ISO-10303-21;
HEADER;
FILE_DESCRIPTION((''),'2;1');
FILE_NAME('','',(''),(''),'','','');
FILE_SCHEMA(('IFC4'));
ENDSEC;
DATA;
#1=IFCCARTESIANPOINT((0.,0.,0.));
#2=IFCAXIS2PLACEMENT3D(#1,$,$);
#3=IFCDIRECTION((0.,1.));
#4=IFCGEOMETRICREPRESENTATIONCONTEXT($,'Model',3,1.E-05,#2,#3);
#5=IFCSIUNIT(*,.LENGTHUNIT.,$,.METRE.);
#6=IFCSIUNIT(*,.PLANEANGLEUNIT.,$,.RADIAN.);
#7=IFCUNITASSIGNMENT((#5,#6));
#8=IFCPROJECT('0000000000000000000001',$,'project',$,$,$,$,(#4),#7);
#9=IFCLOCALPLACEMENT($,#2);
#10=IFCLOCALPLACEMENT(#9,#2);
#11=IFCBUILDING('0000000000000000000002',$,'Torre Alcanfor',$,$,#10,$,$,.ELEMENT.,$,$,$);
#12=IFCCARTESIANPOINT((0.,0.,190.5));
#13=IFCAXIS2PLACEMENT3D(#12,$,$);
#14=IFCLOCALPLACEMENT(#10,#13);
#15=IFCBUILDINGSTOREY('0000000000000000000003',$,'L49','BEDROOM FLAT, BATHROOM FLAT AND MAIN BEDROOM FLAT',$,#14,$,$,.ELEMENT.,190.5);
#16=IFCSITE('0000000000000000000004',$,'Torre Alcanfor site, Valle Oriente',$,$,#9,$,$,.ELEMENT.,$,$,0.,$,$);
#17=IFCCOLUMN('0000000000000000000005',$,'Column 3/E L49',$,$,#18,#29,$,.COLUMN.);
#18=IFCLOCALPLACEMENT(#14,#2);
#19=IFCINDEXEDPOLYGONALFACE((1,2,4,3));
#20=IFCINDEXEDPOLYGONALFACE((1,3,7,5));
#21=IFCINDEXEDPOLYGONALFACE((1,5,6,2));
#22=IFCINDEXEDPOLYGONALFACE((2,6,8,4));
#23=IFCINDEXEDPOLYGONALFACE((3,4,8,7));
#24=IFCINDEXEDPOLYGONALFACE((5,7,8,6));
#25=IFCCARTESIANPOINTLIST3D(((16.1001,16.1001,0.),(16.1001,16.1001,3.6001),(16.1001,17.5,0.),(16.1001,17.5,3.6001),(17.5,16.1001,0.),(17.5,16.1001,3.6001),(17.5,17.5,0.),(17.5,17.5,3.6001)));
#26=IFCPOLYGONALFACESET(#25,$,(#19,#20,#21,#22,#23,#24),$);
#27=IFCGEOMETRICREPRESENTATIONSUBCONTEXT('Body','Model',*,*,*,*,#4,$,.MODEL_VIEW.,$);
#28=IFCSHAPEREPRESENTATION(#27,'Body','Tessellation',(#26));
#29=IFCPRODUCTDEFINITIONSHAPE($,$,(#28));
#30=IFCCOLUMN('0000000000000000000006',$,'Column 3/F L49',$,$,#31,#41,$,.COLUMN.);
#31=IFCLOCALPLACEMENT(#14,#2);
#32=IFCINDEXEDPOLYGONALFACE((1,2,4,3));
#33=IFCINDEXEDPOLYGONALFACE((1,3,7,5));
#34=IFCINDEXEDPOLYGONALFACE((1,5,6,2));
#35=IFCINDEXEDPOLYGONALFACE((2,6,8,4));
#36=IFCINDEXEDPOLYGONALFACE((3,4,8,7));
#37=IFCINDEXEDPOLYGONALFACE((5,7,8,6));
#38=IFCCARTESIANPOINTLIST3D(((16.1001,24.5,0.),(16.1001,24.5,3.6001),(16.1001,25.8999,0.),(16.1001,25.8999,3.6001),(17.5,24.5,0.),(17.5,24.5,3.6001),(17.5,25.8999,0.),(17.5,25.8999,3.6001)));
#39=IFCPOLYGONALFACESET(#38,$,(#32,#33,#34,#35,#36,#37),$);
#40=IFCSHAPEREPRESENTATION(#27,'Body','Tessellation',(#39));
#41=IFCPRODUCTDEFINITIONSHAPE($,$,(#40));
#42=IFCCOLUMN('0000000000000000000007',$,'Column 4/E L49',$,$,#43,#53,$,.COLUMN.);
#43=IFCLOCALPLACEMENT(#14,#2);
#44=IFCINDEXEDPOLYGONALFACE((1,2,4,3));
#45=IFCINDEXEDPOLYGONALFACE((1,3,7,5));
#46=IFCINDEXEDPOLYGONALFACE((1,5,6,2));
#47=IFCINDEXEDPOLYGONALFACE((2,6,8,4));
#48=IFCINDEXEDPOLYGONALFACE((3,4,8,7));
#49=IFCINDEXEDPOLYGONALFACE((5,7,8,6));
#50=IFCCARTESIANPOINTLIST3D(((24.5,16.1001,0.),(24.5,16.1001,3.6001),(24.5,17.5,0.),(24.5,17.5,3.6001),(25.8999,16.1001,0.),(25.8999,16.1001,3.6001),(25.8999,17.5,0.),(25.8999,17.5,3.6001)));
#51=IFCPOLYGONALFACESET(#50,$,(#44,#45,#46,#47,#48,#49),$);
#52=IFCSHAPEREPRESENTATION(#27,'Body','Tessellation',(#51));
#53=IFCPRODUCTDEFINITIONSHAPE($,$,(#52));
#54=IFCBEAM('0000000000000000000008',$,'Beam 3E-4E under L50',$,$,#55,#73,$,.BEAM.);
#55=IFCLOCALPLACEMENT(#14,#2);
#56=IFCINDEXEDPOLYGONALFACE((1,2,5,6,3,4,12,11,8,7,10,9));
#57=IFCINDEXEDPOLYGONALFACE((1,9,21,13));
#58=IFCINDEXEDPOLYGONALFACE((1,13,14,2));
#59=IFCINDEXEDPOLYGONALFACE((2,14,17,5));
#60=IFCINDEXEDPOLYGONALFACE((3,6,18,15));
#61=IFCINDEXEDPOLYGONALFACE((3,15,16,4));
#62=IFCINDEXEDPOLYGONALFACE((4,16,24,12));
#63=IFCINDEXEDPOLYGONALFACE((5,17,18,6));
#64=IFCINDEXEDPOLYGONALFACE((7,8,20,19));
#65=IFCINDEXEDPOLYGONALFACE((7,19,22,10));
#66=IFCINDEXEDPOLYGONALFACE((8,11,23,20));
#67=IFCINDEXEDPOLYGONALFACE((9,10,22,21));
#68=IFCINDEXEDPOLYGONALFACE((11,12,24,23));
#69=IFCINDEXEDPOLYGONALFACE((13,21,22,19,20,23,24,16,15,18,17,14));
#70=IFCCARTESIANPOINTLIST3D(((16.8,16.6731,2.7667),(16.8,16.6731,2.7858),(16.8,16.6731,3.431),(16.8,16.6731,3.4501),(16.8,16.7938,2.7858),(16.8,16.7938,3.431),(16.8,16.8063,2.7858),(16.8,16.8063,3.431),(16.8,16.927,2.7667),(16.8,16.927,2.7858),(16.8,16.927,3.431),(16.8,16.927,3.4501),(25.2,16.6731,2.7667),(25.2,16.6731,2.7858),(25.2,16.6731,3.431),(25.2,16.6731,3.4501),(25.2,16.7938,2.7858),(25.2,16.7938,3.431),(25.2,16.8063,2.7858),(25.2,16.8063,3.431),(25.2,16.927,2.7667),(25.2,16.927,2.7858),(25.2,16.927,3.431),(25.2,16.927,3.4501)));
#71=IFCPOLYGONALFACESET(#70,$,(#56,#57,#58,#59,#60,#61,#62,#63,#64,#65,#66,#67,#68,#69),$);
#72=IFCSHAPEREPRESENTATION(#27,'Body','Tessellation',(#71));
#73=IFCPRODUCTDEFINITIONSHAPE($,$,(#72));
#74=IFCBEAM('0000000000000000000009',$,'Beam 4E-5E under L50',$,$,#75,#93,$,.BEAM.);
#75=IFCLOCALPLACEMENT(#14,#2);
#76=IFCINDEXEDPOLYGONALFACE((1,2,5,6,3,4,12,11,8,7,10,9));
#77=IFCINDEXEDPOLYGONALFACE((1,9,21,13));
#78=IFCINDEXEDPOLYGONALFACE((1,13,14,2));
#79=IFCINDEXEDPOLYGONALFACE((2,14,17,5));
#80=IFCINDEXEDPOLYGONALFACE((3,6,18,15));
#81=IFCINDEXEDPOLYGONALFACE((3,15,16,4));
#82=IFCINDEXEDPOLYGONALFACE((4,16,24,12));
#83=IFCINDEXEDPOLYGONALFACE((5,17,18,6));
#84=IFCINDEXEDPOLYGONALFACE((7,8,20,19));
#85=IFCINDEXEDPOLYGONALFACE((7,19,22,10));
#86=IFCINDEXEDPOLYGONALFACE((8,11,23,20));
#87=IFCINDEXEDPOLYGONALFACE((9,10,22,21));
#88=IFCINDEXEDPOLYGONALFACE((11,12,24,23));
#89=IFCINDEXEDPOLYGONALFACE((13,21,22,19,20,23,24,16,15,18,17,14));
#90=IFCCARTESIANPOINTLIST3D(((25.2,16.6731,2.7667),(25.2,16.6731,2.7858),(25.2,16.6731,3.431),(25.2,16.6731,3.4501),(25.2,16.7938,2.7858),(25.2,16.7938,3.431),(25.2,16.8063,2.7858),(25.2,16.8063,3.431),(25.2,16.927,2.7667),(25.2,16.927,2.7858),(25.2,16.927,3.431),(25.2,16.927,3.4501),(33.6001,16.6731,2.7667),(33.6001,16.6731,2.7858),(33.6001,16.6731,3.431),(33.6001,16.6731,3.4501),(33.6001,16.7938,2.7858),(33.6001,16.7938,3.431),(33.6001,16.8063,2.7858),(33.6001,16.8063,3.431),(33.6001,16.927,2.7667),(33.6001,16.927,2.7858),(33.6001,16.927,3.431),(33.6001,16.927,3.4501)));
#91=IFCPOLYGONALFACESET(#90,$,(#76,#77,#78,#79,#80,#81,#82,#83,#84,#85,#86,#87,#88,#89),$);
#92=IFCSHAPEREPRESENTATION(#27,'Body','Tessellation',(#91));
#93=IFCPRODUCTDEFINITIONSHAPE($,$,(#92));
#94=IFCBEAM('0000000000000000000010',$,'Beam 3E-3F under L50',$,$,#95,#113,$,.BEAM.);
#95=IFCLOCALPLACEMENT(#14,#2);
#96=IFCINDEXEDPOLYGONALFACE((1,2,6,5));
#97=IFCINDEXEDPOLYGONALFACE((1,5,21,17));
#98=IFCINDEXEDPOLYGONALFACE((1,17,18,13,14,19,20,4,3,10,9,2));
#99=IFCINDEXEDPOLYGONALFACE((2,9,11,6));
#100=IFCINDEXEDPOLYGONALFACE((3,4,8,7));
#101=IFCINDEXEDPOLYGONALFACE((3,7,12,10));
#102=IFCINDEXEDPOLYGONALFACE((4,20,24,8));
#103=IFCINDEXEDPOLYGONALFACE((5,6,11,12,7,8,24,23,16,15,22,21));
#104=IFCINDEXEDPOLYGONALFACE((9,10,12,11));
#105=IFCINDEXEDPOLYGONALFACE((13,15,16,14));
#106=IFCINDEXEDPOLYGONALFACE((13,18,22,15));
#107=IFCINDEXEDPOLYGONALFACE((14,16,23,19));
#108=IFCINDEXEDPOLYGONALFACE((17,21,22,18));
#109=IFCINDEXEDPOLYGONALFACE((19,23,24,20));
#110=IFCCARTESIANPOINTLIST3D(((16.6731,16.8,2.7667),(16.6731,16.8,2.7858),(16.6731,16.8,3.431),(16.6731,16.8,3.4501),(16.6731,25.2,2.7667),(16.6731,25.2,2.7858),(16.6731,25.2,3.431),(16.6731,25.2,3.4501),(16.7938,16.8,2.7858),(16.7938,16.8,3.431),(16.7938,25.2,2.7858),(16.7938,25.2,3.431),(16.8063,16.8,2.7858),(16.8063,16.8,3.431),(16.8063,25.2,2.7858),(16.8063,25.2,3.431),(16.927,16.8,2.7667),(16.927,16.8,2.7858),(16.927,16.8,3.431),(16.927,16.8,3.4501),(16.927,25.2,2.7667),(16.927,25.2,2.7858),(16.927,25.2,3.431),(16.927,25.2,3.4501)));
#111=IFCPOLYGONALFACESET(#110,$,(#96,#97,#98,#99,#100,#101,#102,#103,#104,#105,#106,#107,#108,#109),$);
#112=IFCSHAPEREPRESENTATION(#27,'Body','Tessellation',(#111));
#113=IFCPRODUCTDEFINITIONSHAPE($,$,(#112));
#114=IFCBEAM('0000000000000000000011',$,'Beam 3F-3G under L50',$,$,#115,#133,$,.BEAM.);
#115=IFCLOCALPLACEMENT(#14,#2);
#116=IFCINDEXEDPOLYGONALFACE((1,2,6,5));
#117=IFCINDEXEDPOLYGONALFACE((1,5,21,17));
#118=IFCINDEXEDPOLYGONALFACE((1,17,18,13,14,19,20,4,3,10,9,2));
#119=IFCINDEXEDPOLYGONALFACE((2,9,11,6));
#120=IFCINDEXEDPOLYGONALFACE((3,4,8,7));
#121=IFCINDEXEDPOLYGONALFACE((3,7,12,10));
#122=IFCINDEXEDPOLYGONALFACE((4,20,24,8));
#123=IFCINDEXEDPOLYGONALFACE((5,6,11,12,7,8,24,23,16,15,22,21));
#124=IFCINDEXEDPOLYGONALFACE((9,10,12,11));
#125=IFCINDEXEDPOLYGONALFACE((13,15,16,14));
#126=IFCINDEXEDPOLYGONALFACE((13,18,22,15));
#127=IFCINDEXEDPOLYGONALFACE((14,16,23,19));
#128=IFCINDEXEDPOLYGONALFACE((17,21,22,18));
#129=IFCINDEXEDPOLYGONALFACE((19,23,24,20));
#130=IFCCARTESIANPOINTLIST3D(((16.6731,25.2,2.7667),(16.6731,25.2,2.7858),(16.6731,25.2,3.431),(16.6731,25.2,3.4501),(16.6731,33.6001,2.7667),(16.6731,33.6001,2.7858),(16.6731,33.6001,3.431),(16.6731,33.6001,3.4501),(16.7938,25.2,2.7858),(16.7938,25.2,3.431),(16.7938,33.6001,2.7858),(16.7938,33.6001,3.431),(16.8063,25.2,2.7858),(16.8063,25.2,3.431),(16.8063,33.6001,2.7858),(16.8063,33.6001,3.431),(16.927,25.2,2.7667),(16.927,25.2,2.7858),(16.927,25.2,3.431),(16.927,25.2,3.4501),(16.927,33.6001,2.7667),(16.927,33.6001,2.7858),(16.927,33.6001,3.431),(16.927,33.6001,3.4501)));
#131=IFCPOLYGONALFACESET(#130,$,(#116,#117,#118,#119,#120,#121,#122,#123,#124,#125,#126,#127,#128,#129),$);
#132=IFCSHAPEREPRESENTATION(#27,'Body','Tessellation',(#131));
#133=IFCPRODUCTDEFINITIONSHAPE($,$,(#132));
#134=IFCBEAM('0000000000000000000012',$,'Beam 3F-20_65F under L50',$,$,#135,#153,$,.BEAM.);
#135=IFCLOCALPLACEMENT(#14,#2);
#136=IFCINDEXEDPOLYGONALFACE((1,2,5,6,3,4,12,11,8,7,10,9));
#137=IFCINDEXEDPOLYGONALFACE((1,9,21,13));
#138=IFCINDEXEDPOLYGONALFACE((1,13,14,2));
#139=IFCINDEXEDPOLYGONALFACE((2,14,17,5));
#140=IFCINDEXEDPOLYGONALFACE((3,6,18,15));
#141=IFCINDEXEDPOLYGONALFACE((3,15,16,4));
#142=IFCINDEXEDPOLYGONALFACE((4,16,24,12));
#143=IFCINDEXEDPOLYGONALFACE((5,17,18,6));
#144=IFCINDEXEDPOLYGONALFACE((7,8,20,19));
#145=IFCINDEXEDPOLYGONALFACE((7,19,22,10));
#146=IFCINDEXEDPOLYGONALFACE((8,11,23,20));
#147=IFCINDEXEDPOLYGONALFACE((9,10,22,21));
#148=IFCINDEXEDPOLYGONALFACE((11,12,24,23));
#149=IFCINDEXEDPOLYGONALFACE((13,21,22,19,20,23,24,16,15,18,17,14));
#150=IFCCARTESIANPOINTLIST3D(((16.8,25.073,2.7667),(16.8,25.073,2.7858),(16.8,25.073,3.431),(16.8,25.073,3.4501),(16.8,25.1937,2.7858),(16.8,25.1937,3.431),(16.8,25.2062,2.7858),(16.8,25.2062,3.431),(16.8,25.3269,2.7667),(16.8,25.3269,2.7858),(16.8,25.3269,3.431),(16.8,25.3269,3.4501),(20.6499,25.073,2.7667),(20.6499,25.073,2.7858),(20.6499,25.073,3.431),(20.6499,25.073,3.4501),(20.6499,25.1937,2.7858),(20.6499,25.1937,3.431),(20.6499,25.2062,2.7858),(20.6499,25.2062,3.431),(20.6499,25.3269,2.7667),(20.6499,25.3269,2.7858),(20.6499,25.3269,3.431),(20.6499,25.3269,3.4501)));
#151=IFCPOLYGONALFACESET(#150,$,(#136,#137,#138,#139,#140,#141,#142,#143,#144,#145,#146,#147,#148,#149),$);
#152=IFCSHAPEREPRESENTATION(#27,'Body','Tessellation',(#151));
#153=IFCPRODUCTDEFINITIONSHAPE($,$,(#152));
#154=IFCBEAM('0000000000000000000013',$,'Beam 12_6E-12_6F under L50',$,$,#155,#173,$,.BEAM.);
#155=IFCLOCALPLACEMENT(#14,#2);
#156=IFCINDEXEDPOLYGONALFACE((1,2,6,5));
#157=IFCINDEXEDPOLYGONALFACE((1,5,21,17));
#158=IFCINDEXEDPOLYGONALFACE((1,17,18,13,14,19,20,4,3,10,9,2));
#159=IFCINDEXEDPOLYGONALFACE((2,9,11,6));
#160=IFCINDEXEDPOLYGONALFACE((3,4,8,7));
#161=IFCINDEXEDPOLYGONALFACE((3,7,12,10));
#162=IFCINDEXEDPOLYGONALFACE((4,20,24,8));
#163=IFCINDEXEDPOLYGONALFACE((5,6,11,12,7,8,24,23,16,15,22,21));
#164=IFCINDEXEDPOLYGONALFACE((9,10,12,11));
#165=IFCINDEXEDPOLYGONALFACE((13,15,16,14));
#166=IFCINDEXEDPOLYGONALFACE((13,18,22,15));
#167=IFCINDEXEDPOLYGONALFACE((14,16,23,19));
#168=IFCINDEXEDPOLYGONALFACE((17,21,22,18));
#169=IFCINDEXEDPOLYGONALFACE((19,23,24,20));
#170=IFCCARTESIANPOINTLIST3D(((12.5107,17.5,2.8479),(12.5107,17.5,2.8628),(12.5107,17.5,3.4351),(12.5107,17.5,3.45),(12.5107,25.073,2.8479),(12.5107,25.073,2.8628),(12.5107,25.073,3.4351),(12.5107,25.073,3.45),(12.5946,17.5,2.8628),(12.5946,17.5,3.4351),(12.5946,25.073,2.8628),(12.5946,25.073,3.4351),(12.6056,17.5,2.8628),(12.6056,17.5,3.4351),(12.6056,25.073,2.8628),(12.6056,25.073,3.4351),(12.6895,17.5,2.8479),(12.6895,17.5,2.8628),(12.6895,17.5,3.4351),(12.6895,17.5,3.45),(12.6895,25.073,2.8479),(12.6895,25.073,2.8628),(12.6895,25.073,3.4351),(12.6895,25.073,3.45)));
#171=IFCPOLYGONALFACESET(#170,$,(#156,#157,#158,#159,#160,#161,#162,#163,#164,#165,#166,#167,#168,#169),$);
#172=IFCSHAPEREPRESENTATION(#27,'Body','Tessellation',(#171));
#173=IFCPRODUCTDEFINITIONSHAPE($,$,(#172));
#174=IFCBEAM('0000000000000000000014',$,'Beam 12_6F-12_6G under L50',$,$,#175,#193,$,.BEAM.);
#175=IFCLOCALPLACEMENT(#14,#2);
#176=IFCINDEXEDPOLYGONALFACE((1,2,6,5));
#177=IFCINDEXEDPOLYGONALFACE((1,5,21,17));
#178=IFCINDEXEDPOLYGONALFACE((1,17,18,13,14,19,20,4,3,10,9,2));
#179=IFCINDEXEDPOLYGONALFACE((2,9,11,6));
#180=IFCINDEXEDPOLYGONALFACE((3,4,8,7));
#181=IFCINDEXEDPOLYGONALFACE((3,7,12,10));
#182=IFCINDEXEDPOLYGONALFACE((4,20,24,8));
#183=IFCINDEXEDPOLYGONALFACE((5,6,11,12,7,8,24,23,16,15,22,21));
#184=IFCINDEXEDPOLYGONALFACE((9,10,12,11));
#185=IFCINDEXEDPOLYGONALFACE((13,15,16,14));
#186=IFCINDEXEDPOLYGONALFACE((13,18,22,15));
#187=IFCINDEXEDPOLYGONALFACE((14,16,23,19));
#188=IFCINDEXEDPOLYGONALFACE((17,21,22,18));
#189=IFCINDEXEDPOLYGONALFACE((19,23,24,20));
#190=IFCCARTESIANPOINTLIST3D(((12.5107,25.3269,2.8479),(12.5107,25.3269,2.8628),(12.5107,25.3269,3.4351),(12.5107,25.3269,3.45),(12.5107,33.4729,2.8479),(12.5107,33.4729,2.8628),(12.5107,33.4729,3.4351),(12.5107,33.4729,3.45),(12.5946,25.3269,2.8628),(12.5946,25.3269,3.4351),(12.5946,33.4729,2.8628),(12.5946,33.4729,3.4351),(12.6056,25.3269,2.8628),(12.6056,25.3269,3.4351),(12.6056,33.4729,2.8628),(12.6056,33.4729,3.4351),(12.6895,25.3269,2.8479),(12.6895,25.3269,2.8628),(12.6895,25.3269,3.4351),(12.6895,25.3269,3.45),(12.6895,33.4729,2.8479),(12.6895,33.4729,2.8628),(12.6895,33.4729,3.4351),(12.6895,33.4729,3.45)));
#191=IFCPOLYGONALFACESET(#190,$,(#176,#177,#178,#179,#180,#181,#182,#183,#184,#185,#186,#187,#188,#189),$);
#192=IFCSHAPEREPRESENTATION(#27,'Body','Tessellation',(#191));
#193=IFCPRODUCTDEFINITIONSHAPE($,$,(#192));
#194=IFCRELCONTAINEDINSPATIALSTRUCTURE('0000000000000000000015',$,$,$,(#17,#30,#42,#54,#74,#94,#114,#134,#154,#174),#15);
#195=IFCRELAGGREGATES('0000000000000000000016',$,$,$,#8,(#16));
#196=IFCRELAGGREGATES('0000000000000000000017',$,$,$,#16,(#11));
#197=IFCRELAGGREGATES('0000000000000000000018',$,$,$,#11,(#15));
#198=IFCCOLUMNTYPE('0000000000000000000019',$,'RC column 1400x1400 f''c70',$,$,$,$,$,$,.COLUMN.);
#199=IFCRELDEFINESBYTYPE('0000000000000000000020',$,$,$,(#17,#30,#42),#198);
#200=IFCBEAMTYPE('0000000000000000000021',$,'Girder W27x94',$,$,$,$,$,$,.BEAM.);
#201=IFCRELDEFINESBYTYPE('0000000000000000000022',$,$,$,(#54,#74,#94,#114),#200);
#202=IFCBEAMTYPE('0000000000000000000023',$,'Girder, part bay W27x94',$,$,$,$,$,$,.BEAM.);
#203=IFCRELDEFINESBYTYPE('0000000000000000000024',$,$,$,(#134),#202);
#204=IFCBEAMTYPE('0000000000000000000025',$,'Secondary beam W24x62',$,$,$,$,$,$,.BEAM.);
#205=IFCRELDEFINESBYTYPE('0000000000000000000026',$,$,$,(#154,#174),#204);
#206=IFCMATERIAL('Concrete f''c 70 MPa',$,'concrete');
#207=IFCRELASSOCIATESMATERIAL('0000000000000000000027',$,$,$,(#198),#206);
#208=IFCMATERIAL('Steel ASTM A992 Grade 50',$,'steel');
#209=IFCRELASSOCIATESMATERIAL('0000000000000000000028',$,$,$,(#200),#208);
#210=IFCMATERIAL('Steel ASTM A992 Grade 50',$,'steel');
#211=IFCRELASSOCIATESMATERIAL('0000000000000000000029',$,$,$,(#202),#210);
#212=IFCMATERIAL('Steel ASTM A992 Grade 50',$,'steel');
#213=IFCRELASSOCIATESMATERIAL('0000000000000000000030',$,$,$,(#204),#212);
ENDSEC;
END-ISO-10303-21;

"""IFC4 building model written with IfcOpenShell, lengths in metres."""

from ifc_helpers import new_model, si_unit, direction, frame, origin, origin_2d, place, context, subcontext, project, spatial, rectangle, i_section, extrude, material, material_profile, profile_set, type_object, element, save


model = new_model("IFC4")

# Units and contexts
model_context = context("Model", 3, precision=1e-05, world=origin(), true_north=direction((0.0, 1.0)))
body_context = subcontext(model_context, "Body", "Model", "MODEL_VIEW")
ifc_project = project(units=[si_unit("LENGTHUNIT", "METRE"), si_unit("PLANEANGLEUNIT", "RADIAN")], contexts=[model_context])

# Site, building, storey
site_placement = place(None, origin())
site = spatial("IfcSite", under=ifc_project, at=site_placement, Name="Torre Alcanfor site, Valle Oriente", CompositionType="ELEMENT", RefElevation=0.0)
building_placement = place(site_placement, origin())
building = spatial("IfcBuilding", under=site, at=building_placement, Name="Torre Alcanfor", CompositionType="ELEMENT")
storey_placement = place(building_placement, frame((0.0, 0.0, 190.5)))
storey = spatial("IfcBuildingStorey", under=building, at=storey_placement, Name="L49", Description="BEDROOM FLAT, BATHROOM FLAT AND MAIN BEDROOM FLAT", CompositionType="ELEMENT", Elevation=190.5)

# Columns
ifc_material_1 = material(Name="Concrete f'c 70 MPa", Category="concrete")
ifc_material_profile_1 = material_profile(ifc_material_1, rectangle(XDim=1.3999, YDim=1.3999, at=origin_2d()), Name="1400x1400")
ifc_profile_set_1 = profile_set([ifc_material_profile_1], Name="Concrete f'c 70 MPa")
column_type = type_object("IfcColumnType", Name="RC column 1400x1400 f'c70", PredefinedType="COLUMN", material=ifc_profile_set_1)
for number, where, z_axis, x_axis, name in (
    (1, (16.8, 16.8, 0.0), (0.0, 0.0, 1.0), (1.0, 0.0, 0.0), "Column 3/E L49"),
    (2, (16.8, 25.2, 0.0), (0.0, 0.0, 1.0), (1.0, 0.0, 0.0), "Column 3/F L49"),
    (3, (25.2, 16.8, 0.0), (0.0, 0.0, 1.0), (1.0, 0.0, 0.0), "Column 4/E L49"),
):
    element("IfcColumn", number, at=place(storey_placement, frame(where, z_axis=z_axis, x_axis=x_axis)), inside=storey, type_object=column_type, Name=name, PredefinedType="COLUMN", context=body_context, shape_type="SweptSolid", body=[
        extrude(rectangle(XDim=1.3999, YDim=1.3999, at=origin_2d()), origin(), (0.0, 0.0, 1.0), 3.6001),
    ])

# Beams
ifc_material_2 = material(Name="Steel ASTM A992 Grade 50", Category="steel")
ifc_material_profile_2 = material_profile(ifc_material_2, i_section(OverallWidth=0.2539, OverallDepth=0.6833, WebThickness=0.0125, FlangeThickness=0.019, at=origin_2d()), Name="W27x94")
ifc_profile_set_2 = profile_set([ifc_material_profile_2], Name="Steel ASTM A992 Grade 50")
beam_type_1 = type_object("IfcBeamType", Name="Girder W27x94", PredefinedType="BEAM", material=ifc_profile_set_2)
beam_1_placement = place(storey_placement, frame((16.8, 16.8, 3.1084), z_axis=(1.0, 0.0, 0.0), x_axis=(0.0, 1.0, 0.0)))
element("IfcBeam", 4, at=beam_1_placement, inside=storey, type_object=beam_type_1, Name="Beam 3E-4E under L50", PredefinedType="BEAM", context=body_context, shape_type="SweptSolid", body=[
    extrude(i_section(OverallWidth=0.2539, OverallDepth=0.6833, WebThickness=0.0125, FlangeThickness=0.019, at=origin_2d()), origin(), (0.0, 0.0, 1.0), 8.3999),
])
beam_2_placement = place(storey_placement, frame((25.2, 16.8, 3.1084), z_axis=(1.0, 0.0, 0.0), x_axis=(0.0, 1.0, 0.0)))
element("IfcBeam", 5, at=beam_2_placement, inside=storey, type_object=beam_type_1, Name="Beam 4E-5E under L50", PredefinedType="BEAM", context=body_context, shape_type="SweptSolid", body=[
    extrude(i_section(OverallWidth=0.2539, OverallDepth=0.6833, WebThickness=0.0125, FlangeThickness=0.019, at=origin_2d()), origin(), (0.0, 0.0, 1.0), 8.4001),
])
beam_3_placement = place(storey_placement, frame((16.8, 16.8, 3.1084), z_axis=(0.0, 1.0, 0.0), x_axis=(-1.0, 0.0, 0.0)))
element("IfcBeam", 6, at=beam_3_placement, inside=storey, type_object=beam_type_1, Name="Beam 3E-3F under L50", PredefinedType="BEAM", context=body_context, shape_type="SweptSolid", body=[
    extrude(i_section(OverallWidth=0.2539, OverallDepth=0.6833, WebThickness=0.0125, FlangeThickness=0.019, at=origin_2d()), origin(), (0.0, 0.0, 1.0), 8.3999),
])
beam_4_placement = place(storey_placement, frame((16.8, 25.2, 3.1084), z_axis=(0.0, 1.0, 0.0), x_axis=(-1.0, 0.0, 0.0)))
element("IfcBeam", 7, at=beam_4_placement, inside=storey, type_object=beam_type_1, Name="Beam 3F-3G under L50", PredefinedType="BEAM", context=body_context, shape_type="SweptSolid", body=[
    extrude(i_section(OverallWidth=0.2539, OverallDepth=0.6833, WebThickness=0.0125, FlangeThickness=0.019, at=origin_2d()), origin(), (0.0, 0.0, 1.0), 8.4001),
])
ifc_material_3 = material(Name="Steel ASTM A992 Grade 50", Category="steel")
ifc_material_profile_3 = material_profile(ifc_material_3, i_section(OverallWidth=0.2539, OverallDepth=0.6833, WebThickness=0.0125, FlangeThickness=0.019, at=origin_2d()), Name="W27x94")
ifc_profile_set_3 = profile_set([ifc_material_profile_3], Name="Steel ASTM A992 Grade 50")
beam_type_2 = type_object("IfcBeamType", Name="Girder, part bay W27x94", PredefinedType="BEAM", material=ifc_profile_set_3)
beam_5_placement = place(storey_placement, frame((16.8, 25.2, 3.1084), z_axis=(1.0, 0.0, 0.0), x_axis=(0.0, 1.0, 0.0)))
element("IfcBeam", 8, at=beam_5_placement, inside=storey, type_object=beam_type_2, Name="Beam 3F-20_65F under L50", PredefinedType="BEAM", context=body_context, shape_type="SweptSolid", body=[
    extrude(i_section(OverallWidth=0.2539, OverallDepth=0.6833, WebThickness=0.0125, FlangeThickness=0.019, at=origin_2d()), origin(), (0.0, 0.0, 1.0), 3.8499),
])
ifc_material_4 = material(Name="Steel ASTM A992 Grade 50", Category="steel")
ifc_material_profile_4 = material_profile(ifc_material_4, i_section(OverallWidth=0.1787, OverallDepth=0.6021, WebThickness=0.011, FlangeThickness=0.0149, at=origin_2d()), Name="W24x62")
ifc_profile_set_4 = profile_set([ifc_material_profile_4], Name="Steel ASTM A992 Grade 50")
beam_type_3 = type_object("IfcBeamType", Name="Secondary beam W24x62", PredefinedType="BEAM", material=ifc_profile_set_4)
beam_6_placement = place(storey_placement, frame((12.6001, 17.5, 3.1489), z_axis=(0.0, 1.0, 0.0), x_axis=(-1.0, 0.0, 0.0)))
element("IfcBeam", 9, at=beam_6_placement, inside=storey, type_object=beam_type_3, Name="Beam 12_6E-12_6F under L50", PredefinedType="BEAM", context=body_context, shape_type="SweptSolid", body=[
    extrude(i_section(OverallWidth=0.1787, OverallDepth=0.6021, WebThickness=0.011, FlangeThickness=0.0149, at=origin_2d()), origin(), (0.0, 0.0, 1.0), 7.573),
])
beam_7_placement = place(storey_placement, frame((12.6001, 25.3269, 3.1489), z_axis=(0.0, 1.0, 0.0), x_axis=(-1.0, 0.0, 0.0)))
element("IfcBeam", 10, at=beam_7_placement, inside=storey, type_object=beam_type_3, Name="Beam 12_6F-12_6G under L50", PredefinedType="BEAM", context=body_context, shape_type="SweptSolid", body=[
    extrude(i_section(OverallWidth=0.1787, OverallDepth=0.6021, WebThickness=0.011, FlangeThickness=0.0149, at=origin_2d()), origin(), (0.0, 0.0, 1.0), 8.146),
])

save(model, "model.ifc")
